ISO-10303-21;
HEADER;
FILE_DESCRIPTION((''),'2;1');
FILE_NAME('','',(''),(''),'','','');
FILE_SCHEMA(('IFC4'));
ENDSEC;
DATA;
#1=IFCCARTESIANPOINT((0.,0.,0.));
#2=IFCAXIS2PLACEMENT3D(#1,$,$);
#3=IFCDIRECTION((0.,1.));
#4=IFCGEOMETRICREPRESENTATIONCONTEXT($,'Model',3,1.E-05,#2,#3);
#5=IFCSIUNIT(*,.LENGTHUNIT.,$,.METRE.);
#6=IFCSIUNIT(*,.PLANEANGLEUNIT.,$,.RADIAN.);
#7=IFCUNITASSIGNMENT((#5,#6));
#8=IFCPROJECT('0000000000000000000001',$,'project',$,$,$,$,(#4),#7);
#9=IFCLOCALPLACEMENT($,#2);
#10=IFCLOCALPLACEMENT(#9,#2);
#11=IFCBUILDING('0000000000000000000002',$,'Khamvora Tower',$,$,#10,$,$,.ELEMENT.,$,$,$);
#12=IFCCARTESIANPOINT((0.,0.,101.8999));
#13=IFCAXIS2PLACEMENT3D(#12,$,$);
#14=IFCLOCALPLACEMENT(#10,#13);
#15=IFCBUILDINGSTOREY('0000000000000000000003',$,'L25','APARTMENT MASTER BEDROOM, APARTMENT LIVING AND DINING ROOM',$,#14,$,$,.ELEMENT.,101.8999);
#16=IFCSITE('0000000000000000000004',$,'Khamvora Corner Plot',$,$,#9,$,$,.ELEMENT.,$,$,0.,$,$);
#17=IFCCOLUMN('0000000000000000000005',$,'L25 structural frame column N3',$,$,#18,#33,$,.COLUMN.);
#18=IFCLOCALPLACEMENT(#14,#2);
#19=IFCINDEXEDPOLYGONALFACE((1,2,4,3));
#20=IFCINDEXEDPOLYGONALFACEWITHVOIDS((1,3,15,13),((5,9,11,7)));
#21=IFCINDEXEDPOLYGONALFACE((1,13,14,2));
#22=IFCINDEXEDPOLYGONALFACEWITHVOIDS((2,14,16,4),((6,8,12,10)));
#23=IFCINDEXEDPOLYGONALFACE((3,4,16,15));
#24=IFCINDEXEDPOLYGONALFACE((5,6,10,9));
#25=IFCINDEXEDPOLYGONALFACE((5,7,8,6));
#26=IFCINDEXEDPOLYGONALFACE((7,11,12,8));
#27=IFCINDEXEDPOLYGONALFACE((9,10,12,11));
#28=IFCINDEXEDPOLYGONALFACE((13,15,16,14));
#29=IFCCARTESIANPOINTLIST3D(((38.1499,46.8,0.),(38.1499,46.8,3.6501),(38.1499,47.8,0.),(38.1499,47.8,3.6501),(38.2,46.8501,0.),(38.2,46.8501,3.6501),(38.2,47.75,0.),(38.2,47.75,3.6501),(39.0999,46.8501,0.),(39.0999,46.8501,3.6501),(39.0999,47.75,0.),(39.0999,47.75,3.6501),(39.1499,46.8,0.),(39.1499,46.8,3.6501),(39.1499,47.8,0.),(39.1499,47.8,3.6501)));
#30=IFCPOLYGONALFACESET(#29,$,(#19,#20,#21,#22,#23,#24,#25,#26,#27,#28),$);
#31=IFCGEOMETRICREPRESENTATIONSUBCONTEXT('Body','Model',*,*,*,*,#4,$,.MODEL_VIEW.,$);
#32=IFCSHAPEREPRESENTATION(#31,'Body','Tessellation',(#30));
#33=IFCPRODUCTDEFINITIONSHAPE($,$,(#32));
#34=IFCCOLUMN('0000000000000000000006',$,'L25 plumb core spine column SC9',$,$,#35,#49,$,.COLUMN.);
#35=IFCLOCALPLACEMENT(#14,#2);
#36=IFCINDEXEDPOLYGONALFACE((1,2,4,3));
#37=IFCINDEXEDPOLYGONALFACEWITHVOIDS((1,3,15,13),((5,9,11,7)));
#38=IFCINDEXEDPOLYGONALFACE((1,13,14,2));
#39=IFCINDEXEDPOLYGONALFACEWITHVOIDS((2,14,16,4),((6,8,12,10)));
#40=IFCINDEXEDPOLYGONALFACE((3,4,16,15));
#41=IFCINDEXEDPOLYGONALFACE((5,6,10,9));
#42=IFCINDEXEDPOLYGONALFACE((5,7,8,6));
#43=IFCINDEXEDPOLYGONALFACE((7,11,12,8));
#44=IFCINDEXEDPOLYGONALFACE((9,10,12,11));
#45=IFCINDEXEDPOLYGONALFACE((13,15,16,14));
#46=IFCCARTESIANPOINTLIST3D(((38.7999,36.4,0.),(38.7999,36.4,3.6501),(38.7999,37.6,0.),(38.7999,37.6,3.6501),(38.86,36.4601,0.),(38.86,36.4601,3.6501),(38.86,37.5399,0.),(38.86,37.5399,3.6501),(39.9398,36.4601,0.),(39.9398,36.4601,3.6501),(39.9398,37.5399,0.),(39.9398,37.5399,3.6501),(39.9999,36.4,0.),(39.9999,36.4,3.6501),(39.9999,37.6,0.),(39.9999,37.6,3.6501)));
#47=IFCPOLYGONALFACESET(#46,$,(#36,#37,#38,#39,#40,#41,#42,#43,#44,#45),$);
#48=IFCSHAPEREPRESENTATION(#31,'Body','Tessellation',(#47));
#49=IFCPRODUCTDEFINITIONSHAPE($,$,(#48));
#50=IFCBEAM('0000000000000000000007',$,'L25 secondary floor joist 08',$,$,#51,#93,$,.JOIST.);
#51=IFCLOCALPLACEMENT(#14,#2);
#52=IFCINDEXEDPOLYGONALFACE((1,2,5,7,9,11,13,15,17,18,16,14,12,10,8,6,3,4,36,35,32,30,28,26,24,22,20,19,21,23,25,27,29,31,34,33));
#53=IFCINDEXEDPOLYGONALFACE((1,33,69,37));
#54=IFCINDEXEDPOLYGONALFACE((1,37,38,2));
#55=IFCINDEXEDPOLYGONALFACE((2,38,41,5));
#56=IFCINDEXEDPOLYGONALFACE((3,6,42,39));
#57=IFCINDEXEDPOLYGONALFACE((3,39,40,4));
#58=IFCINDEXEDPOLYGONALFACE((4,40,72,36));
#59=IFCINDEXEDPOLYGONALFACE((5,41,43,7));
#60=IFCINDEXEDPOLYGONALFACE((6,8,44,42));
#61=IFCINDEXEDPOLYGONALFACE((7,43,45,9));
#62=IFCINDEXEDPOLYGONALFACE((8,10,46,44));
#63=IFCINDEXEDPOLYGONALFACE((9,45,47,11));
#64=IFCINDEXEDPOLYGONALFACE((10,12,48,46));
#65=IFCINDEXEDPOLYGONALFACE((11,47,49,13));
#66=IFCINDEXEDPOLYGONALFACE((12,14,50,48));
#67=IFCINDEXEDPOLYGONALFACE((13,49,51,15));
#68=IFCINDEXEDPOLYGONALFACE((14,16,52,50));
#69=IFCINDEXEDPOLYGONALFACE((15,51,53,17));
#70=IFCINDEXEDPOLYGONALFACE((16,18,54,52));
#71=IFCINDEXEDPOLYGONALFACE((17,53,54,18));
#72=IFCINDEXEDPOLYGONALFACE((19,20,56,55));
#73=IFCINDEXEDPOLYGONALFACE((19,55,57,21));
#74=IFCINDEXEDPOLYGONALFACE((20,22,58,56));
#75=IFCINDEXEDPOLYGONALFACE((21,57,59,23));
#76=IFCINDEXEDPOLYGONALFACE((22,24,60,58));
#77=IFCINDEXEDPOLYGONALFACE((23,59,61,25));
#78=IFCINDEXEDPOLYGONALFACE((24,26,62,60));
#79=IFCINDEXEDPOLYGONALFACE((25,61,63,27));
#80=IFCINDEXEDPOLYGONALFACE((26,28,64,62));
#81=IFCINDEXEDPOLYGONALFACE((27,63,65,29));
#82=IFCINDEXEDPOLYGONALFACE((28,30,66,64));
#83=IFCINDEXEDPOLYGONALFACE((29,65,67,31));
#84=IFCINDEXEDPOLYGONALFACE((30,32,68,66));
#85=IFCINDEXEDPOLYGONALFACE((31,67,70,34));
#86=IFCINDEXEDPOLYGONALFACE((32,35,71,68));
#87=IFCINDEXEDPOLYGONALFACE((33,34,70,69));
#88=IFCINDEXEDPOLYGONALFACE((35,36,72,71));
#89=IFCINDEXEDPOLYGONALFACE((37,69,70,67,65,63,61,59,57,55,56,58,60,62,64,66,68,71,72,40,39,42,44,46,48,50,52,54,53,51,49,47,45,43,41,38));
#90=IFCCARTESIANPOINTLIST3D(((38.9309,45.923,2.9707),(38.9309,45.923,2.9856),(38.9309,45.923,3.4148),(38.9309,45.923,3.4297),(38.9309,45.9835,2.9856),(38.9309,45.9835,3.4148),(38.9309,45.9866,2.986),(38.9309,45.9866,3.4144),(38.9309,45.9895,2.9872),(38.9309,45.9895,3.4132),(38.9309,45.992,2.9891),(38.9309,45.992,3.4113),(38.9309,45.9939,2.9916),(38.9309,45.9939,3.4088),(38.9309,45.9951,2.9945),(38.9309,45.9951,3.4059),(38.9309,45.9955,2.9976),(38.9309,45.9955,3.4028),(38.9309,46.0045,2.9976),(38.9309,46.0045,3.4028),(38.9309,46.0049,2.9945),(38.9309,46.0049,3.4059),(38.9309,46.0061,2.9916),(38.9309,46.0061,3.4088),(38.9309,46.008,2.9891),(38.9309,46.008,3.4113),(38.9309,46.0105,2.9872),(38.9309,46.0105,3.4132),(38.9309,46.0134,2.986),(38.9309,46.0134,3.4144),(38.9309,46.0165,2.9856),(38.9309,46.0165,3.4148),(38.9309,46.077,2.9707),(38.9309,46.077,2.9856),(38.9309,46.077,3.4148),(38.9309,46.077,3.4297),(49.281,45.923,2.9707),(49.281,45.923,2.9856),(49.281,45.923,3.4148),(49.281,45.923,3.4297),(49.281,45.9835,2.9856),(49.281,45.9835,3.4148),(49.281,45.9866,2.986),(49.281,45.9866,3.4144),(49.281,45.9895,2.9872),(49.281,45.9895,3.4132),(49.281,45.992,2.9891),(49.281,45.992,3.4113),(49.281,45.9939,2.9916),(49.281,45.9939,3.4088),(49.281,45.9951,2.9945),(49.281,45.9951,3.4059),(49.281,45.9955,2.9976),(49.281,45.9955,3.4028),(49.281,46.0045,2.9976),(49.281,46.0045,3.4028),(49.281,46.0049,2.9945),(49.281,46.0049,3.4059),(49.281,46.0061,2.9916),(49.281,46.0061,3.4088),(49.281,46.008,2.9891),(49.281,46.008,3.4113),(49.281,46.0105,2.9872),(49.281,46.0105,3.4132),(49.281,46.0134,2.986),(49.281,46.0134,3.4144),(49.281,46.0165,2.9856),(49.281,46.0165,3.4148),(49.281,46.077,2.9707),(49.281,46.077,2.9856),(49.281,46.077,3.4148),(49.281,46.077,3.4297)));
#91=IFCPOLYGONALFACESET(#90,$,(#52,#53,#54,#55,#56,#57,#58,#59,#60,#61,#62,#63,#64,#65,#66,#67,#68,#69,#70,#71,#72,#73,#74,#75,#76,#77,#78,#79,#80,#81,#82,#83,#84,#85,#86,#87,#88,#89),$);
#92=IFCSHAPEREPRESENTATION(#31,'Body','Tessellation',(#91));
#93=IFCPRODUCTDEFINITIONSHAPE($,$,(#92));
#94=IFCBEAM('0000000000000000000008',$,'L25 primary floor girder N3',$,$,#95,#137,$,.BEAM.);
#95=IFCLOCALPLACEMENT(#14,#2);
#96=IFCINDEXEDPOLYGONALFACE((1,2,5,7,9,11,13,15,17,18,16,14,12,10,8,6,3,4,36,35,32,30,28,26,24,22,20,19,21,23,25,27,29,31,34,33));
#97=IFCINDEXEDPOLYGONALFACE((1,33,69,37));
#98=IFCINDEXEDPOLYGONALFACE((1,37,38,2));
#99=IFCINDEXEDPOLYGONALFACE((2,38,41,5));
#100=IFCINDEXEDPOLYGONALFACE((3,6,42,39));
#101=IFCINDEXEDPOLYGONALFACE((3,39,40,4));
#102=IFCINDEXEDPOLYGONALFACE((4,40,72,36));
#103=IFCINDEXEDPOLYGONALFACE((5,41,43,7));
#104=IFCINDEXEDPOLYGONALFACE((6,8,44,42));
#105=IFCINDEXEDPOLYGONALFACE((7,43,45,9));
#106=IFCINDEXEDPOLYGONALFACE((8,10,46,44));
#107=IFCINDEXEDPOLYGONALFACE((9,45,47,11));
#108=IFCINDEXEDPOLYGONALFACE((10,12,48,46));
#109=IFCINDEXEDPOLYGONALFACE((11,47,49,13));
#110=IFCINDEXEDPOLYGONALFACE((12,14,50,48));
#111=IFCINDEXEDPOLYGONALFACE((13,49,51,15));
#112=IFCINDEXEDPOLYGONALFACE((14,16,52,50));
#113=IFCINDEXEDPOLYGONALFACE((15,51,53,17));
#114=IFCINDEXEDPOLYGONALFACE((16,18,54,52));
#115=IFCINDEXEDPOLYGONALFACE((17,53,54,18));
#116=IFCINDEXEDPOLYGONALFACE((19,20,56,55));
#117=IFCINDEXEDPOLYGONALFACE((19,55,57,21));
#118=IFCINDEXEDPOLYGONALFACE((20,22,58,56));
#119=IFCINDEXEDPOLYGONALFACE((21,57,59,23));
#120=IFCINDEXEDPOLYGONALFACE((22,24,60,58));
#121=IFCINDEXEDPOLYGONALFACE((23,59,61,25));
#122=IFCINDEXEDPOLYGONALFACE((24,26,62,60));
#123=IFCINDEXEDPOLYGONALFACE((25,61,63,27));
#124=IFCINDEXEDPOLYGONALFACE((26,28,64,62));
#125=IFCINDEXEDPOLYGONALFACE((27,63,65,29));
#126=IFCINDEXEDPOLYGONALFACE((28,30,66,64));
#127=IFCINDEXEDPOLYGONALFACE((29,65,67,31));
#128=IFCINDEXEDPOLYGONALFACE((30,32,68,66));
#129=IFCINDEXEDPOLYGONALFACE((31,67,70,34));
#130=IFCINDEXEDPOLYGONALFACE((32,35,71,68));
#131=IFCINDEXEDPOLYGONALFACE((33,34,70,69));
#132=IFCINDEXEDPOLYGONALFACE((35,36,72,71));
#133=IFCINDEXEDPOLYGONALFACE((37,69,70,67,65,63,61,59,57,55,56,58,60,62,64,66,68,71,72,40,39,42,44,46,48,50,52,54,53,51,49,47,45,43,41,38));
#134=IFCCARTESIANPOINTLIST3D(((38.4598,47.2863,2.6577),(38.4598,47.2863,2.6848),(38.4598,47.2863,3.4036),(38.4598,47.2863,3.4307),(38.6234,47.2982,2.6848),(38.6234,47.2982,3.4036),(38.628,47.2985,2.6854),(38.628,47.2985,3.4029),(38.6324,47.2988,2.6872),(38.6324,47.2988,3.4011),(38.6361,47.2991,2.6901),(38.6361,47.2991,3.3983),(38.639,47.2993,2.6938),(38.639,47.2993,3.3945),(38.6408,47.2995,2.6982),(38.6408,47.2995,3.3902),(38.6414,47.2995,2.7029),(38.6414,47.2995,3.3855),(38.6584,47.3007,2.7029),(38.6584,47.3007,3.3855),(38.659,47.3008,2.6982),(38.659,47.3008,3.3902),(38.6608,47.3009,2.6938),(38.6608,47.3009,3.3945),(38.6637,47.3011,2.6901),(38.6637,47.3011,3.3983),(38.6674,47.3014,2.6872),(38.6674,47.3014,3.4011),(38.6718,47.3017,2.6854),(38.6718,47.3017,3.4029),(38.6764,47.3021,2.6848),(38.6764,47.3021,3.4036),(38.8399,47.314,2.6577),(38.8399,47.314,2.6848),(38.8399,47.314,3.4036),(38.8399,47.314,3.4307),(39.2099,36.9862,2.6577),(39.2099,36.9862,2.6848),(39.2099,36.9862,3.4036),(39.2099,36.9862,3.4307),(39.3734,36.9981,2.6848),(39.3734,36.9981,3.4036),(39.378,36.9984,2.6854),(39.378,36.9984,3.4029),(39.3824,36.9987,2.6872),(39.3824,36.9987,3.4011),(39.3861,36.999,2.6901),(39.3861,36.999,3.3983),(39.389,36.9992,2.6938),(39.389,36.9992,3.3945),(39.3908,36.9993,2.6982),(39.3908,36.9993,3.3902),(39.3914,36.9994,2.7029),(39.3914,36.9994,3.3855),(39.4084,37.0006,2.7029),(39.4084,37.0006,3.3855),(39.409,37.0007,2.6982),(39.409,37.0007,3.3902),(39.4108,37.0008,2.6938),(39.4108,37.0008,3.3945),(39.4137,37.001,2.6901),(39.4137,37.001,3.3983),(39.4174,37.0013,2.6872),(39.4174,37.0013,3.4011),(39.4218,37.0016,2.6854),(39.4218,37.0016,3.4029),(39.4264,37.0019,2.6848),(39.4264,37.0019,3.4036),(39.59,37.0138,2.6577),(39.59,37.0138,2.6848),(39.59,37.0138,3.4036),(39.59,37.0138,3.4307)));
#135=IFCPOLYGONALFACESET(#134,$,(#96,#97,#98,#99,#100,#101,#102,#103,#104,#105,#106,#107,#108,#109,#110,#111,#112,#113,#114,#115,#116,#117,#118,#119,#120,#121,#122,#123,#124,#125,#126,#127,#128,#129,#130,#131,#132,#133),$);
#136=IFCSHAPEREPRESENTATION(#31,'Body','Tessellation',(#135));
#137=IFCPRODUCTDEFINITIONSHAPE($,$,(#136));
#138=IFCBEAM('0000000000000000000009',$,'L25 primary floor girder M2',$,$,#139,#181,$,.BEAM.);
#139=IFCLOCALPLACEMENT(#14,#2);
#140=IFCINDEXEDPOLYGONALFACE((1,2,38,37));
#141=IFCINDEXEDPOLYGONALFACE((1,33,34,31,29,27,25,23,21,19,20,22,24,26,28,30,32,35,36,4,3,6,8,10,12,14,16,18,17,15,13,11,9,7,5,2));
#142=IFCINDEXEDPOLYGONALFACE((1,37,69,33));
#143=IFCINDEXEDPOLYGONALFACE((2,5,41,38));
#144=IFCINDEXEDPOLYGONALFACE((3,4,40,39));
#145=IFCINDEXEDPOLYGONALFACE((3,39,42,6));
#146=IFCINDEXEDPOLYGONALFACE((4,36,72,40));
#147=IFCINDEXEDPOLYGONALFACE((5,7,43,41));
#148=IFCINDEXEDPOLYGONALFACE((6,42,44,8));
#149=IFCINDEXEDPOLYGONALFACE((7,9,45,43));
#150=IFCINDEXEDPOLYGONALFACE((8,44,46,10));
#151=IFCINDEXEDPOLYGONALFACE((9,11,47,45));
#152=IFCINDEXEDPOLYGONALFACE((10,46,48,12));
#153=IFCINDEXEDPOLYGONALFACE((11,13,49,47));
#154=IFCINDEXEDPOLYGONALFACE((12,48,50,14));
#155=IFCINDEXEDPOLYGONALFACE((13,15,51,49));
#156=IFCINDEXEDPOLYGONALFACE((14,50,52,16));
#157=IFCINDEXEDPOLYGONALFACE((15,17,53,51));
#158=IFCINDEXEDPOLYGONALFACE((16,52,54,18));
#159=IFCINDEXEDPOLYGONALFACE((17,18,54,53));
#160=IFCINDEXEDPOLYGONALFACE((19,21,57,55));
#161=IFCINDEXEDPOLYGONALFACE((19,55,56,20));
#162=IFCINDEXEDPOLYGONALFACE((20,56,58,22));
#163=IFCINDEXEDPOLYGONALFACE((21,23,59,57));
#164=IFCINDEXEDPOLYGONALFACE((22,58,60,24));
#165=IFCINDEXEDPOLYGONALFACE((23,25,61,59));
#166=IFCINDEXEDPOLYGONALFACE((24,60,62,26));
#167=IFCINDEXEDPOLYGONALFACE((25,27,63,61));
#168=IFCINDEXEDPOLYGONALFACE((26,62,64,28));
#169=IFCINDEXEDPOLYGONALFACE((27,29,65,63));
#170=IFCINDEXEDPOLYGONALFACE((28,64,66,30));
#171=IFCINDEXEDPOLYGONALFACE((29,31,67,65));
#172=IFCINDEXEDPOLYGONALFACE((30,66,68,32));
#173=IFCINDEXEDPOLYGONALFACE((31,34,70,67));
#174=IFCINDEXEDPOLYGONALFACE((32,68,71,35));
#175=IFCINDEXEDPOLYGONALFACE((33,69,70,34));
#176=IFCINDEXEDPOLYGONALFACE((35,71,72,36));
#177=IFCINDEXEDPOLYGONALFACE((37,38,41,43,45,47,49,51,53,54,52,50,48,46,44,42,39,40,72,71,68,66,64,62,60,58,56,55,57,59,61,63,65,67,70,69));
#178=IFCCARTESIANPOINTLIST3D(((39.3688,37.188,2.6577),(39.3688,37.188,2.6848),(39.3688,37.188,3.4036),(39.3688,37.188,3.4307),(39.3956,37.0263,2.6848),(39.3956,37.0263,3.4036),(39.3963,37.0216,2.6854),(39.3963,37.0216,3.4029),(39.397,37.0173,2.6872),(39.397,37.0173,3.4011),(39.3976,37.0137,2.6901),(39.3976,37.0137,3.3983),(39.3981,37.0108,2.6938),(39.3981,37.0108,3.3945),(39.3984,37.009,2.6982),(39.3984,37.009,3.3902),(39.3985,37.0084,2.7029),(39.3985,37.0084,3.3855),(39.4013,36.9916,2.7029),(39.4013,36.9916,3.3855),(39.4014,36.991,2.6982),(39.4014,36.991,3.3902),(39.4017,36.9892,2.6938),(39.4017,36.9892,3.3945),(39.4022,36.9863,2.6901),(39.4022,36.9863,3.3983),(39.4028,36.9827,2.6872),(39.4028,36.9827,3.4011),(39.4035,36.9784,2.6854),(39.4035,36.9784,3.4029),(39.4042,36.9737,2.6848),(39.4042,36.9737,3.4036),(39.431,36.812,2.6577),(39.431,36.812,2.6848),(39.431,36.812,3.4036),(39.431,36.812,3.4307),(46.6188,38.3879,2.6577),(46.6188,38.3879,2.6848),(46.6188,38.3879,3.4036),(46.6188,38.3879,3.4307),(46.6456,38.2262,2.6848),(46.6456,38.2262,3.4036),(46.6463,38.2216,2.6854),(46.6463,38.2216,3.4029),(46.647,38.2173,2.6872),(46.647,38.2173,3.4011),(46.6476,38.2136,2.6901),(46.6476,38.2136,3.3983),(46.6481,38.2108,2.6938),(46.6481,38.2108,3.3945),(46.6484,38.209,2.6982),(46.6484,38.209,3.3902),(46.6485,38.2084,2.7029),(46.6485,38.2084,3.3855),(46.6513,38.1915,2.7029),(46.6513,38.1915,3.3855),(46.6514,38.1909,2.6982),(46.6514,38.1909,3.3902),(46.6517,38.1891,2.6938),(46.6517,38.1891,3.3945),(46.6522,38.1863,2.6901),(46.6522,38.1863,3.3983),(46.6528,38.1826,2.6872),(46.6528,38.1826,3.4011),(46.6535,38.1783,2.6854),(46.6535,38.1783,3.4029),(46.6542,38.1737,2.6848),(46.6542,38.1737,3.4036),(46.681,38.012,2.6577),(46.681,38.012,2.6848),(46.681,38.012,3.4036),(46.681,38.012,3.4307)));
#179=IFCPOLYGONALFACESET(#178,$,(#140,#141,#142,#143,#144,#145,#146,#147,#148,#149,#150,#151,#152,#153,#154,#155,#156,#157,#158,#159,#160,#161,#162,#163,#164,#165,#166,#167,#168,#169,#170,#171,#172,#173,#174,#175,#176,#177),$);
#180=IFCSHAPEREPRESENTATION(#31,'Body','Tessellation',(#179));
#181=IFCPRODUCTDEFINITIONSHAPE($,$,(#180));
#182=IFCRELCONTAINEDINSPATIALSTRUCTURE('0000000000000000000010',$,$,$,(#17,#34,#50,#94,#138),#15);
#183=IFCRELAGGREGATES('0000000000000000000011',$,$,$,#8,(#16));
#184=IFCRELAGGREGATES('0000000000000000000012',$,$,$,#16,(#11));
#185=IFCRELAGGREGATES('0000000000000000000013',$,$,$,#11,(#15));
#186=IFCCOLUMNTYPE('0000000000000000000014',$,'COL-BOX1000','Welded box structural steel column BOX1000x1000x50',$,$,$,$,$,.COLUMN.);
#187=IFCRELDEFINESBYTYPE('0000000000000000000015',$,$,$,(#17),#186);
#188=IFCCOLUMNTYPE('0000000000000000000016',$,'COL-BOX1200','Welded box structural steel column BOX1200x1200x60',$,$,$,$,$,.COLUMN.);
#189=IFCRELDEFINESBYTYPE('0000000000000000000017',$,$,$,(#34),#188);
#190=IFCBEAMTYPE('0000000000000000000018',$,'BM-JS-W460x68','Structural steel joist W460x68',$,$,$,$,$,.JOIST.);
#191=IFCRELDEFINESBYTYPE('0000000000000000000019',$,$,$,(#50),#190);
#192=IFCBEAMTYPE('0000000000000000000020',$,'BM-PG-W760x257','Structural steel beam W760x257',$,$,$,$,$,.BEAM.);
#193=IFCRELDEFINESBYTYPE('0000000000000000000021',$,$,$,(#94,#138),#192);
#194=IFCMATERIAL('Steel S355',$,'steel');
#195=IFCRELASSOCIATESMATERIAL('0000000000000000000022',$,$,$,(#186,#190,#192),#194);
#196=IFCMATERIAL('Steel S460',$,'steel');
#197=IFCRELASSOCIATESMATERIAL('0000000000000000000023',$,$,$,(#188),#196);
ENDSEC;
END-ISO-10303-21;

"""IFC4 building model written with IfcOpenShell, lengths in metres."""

from ifc_helpers import new_model, si_unit, direction, frame, origin, origin_2d, place, context, subcontext, project, spatial, hollow_rectangle, i_section, extrude, material, material_profile, profile_set, type_object, element, save


model = new_model("IFC4")

# Units and contexts
model_context = context("Model", 3, precision=1e-05, world=origin(), true_north=direction((0.0, 1.0)))
body_context = subcontext(model_context, "Body", "Model", "MODEL_VIEW")
ifc_project = project(units=[si_unit("LENGTHUNIT", "METRE"), si_unit("PLANEANGLEUNIT", "RADIAN")], contexts=[model_context])

# Site, building, storey
site_placement = place(None, origin())
site = spatial("IfcSite", under=ifc_project, at=site_placement, Name="Khamvora Corner Plot", CompositionType="ELEMENT", RefElevation=0.0)
building_placement = place(site_placement, origin())
building = spatial("IfcBuilding", under=site, at=building_placement, Name="Khamvora Tower", CompositionType="ELEMENT")
storey_placement = place(building_placement, frame((0.0, 0.0, 101.8999)))
storey = spatial("IfcBuildingStorey", under=building, at=storey_placement, Name="L25", Description="APARTMENT MASTER BEDROOM, APARTMENT LIVING AND DINING ROOM", CompositionType="ELEMENT", Elevation=101.8999)

# Columns
ifc_material_1 = material(Name="Steel S355", Category="steel")
ifc_material_profile_1 = material_profile(ifc_material_1, hollow_rectangle(XDim=1.0, YDim=1.0, WallThickness=0.05, at=origin_2d()), Name="BOX1000x1000x50")
ifc_profile_set_1 = profile_set([ifc_material_profile_1], Name="Steel S355")
column_type_1 = type_object("IfcColumnType", Name="COL-BOX1000", Description="Welded box structural steel column BOX1000x1000x50", PredefinedType="COLUMN", material=ifc_profile_set_1)
column_1_placement = place(storey_placement, frame((38.6499, 47.3, 0.0), z_axis=(0.0, 0.0, 1.0), x_axis=(1.0, 0.0, 0.0)))
element("IfcColumn", 1, at=column_1_placement, inside=storey, type_object=column_type_1, Name="L25 structural frame column N3", PredefinedType="COLUMN", context=body_context, shape_type="SweptSolid", body=[
    extrude(hollow_rectangle(XDim=1.0, YDim=1.0, WallThickness=0.05, at=origin_2d()), origin(), (0.0, 0.0, 1.0), 3.6501),
])
ifc_material_2 = material(Name="Steel S460", Category="steel")
ifc_material_profile_2 = material_profile(ifc_material_2, hollow_rectangle(XDim=1.2, YDim=1.2, WallThickness=0.0601, at=origin_2d()), Name="BOX1200x1200x60")
ifc_profile_set_2 = profile_set([ifc_material_profile_2], Name="Steel S460")
column_type_2 = type_object("IfcColumnType", Name="COL-BOX1200", Description="Welded box structural steel column BOX1200x1200x60", PredefinedType="COLUMN", material=ifc_profile_set_2)
column_2_placement = place(storey_placement, frame((39.3999, 37.0, 0.0), z_axis=(0.0, 0.0, 1.0), x_axis=(1.0, 0.0, 0.0)))
element("IfcColumn", 2, at=column_2_placement, inside=storey, type_object=column_type_2, Name="L25 plumb core spine column SC9", PredefinedType="COLUMN", context=body_context, shape_type="SweptSolid", body=[
    extrude(hollow_rectangle(XDim=1.2, YDim=1.2, WallThickness=0.0601, at=origin_2d()), origin(), (0.0, 0.0, 1.0), 3.6501),
])

# Beams
ifc_material_profile_3 = material_profile(ifc_material_1, i_section(OverallWidth=0.1541, OverallDepth=0.459, WebThickness=0.009, FlangeThickness=0.0149, FilletRadius=0.012, at=origin_2d()), Name="W460x68")
ifc_profile_set_3 = profile_set([ifc_material_profile_3], Name="Steel S355")
beam_type_1 = type_object("IfcBeamType", Name="BM-JS-W460x68", Description="Structural steel joist W460x68", PredefinedType="JOIST", material=ifc_profile_set_3)
beam_1_placement = place(storey_placement, frame((38.9309, 46.0, 3.2002), z_axis=(1.0, 0.0, 0.0), x_axis=(0.0, 1.0, 0.0)))
element("IfcBeam", 3, at=beam_1_placement, inside=storey, type_object=beam_type_1, Name="L25 secondary floor joist 08", PredefinedType="JOIST", context=body_context, shape_type="SweptSolid", body=[
    extrude(i_section(OverallWidth=0.1541, OverallDepth=0.459, WebThickness=0.009, FlangeThickness=0.0149, FilletRadius=0.012, at=origin_2d()), origin(), (0.0, 0.0, 1.0), 10.3501),
])
ifc_material_profile_4 = material_profile(ifc_material_1, i_section(OverallWidth=0.3811, OverallDepth=0.7729, WebThickness=0.0171, FlangeThickness=0.0271, FilletRadius=0.0181, at=origin_2d()), Name="W760x257")
ifc_profile_set_4 = profile_set([ifc_material_profile_4], Name="Steel S355")
beam_type_2 = type_object("IfcBeamType", Name="BM-PG-W760x257", Description="Structural steel beam W760x257", PredefinedType="BEAM", material=ifc_profile_set_4)
beam_2_placement = place(storey_placement, frame((39.3999, 37.0, 3.0442), z_axis=(-0.072623, 0.997359, 0.0), x_axis=(-0.997359, -0.072623, 0.0)))
element("IfcBeam", 4, at=beam_2_placement, inside=storey, type_object=beam_type_2, Name="L25 primary floor girder N3", PredefinedType="BEAM", context=body_context, shape_type="SweptSolid", body=[
    extrude(i_section(OverallWidth=0.3811, OverallDepth=0.7729, WebThickness=0.0171, FlangeThickness=0.0271, FilletRadius=0.0181, at=origin_2d()), origin(), (0.0, 0.0, 1.0), 10.3274),
])
beam_3_placement = place(storey_placement, frame((39.3999, 37.0, 3.0442), z_axis=(0.986578, 0.163289, 0.0), x_axis=(-0.163289, 0.986578, 0.0)))
element("IfcBeam", 5, at=beam_3_placement, inside=storey, type_object=beam_type_2, Name="L25 primary floor girder M2", PredefinedType="BEAM", context=body_context, shape_type="SweptSolid", body=[
    extrude(i_section(OverallWidth=0.3811, OverallDepth=0.7729, WebThickness=0.0171, FlangeThickness=0.0271, FilletRadius=0.0181, at=origin_2d()), origin(), (0.0, 0.0, 1.0), 7.3486),
])

save(model, "model.ifc")
